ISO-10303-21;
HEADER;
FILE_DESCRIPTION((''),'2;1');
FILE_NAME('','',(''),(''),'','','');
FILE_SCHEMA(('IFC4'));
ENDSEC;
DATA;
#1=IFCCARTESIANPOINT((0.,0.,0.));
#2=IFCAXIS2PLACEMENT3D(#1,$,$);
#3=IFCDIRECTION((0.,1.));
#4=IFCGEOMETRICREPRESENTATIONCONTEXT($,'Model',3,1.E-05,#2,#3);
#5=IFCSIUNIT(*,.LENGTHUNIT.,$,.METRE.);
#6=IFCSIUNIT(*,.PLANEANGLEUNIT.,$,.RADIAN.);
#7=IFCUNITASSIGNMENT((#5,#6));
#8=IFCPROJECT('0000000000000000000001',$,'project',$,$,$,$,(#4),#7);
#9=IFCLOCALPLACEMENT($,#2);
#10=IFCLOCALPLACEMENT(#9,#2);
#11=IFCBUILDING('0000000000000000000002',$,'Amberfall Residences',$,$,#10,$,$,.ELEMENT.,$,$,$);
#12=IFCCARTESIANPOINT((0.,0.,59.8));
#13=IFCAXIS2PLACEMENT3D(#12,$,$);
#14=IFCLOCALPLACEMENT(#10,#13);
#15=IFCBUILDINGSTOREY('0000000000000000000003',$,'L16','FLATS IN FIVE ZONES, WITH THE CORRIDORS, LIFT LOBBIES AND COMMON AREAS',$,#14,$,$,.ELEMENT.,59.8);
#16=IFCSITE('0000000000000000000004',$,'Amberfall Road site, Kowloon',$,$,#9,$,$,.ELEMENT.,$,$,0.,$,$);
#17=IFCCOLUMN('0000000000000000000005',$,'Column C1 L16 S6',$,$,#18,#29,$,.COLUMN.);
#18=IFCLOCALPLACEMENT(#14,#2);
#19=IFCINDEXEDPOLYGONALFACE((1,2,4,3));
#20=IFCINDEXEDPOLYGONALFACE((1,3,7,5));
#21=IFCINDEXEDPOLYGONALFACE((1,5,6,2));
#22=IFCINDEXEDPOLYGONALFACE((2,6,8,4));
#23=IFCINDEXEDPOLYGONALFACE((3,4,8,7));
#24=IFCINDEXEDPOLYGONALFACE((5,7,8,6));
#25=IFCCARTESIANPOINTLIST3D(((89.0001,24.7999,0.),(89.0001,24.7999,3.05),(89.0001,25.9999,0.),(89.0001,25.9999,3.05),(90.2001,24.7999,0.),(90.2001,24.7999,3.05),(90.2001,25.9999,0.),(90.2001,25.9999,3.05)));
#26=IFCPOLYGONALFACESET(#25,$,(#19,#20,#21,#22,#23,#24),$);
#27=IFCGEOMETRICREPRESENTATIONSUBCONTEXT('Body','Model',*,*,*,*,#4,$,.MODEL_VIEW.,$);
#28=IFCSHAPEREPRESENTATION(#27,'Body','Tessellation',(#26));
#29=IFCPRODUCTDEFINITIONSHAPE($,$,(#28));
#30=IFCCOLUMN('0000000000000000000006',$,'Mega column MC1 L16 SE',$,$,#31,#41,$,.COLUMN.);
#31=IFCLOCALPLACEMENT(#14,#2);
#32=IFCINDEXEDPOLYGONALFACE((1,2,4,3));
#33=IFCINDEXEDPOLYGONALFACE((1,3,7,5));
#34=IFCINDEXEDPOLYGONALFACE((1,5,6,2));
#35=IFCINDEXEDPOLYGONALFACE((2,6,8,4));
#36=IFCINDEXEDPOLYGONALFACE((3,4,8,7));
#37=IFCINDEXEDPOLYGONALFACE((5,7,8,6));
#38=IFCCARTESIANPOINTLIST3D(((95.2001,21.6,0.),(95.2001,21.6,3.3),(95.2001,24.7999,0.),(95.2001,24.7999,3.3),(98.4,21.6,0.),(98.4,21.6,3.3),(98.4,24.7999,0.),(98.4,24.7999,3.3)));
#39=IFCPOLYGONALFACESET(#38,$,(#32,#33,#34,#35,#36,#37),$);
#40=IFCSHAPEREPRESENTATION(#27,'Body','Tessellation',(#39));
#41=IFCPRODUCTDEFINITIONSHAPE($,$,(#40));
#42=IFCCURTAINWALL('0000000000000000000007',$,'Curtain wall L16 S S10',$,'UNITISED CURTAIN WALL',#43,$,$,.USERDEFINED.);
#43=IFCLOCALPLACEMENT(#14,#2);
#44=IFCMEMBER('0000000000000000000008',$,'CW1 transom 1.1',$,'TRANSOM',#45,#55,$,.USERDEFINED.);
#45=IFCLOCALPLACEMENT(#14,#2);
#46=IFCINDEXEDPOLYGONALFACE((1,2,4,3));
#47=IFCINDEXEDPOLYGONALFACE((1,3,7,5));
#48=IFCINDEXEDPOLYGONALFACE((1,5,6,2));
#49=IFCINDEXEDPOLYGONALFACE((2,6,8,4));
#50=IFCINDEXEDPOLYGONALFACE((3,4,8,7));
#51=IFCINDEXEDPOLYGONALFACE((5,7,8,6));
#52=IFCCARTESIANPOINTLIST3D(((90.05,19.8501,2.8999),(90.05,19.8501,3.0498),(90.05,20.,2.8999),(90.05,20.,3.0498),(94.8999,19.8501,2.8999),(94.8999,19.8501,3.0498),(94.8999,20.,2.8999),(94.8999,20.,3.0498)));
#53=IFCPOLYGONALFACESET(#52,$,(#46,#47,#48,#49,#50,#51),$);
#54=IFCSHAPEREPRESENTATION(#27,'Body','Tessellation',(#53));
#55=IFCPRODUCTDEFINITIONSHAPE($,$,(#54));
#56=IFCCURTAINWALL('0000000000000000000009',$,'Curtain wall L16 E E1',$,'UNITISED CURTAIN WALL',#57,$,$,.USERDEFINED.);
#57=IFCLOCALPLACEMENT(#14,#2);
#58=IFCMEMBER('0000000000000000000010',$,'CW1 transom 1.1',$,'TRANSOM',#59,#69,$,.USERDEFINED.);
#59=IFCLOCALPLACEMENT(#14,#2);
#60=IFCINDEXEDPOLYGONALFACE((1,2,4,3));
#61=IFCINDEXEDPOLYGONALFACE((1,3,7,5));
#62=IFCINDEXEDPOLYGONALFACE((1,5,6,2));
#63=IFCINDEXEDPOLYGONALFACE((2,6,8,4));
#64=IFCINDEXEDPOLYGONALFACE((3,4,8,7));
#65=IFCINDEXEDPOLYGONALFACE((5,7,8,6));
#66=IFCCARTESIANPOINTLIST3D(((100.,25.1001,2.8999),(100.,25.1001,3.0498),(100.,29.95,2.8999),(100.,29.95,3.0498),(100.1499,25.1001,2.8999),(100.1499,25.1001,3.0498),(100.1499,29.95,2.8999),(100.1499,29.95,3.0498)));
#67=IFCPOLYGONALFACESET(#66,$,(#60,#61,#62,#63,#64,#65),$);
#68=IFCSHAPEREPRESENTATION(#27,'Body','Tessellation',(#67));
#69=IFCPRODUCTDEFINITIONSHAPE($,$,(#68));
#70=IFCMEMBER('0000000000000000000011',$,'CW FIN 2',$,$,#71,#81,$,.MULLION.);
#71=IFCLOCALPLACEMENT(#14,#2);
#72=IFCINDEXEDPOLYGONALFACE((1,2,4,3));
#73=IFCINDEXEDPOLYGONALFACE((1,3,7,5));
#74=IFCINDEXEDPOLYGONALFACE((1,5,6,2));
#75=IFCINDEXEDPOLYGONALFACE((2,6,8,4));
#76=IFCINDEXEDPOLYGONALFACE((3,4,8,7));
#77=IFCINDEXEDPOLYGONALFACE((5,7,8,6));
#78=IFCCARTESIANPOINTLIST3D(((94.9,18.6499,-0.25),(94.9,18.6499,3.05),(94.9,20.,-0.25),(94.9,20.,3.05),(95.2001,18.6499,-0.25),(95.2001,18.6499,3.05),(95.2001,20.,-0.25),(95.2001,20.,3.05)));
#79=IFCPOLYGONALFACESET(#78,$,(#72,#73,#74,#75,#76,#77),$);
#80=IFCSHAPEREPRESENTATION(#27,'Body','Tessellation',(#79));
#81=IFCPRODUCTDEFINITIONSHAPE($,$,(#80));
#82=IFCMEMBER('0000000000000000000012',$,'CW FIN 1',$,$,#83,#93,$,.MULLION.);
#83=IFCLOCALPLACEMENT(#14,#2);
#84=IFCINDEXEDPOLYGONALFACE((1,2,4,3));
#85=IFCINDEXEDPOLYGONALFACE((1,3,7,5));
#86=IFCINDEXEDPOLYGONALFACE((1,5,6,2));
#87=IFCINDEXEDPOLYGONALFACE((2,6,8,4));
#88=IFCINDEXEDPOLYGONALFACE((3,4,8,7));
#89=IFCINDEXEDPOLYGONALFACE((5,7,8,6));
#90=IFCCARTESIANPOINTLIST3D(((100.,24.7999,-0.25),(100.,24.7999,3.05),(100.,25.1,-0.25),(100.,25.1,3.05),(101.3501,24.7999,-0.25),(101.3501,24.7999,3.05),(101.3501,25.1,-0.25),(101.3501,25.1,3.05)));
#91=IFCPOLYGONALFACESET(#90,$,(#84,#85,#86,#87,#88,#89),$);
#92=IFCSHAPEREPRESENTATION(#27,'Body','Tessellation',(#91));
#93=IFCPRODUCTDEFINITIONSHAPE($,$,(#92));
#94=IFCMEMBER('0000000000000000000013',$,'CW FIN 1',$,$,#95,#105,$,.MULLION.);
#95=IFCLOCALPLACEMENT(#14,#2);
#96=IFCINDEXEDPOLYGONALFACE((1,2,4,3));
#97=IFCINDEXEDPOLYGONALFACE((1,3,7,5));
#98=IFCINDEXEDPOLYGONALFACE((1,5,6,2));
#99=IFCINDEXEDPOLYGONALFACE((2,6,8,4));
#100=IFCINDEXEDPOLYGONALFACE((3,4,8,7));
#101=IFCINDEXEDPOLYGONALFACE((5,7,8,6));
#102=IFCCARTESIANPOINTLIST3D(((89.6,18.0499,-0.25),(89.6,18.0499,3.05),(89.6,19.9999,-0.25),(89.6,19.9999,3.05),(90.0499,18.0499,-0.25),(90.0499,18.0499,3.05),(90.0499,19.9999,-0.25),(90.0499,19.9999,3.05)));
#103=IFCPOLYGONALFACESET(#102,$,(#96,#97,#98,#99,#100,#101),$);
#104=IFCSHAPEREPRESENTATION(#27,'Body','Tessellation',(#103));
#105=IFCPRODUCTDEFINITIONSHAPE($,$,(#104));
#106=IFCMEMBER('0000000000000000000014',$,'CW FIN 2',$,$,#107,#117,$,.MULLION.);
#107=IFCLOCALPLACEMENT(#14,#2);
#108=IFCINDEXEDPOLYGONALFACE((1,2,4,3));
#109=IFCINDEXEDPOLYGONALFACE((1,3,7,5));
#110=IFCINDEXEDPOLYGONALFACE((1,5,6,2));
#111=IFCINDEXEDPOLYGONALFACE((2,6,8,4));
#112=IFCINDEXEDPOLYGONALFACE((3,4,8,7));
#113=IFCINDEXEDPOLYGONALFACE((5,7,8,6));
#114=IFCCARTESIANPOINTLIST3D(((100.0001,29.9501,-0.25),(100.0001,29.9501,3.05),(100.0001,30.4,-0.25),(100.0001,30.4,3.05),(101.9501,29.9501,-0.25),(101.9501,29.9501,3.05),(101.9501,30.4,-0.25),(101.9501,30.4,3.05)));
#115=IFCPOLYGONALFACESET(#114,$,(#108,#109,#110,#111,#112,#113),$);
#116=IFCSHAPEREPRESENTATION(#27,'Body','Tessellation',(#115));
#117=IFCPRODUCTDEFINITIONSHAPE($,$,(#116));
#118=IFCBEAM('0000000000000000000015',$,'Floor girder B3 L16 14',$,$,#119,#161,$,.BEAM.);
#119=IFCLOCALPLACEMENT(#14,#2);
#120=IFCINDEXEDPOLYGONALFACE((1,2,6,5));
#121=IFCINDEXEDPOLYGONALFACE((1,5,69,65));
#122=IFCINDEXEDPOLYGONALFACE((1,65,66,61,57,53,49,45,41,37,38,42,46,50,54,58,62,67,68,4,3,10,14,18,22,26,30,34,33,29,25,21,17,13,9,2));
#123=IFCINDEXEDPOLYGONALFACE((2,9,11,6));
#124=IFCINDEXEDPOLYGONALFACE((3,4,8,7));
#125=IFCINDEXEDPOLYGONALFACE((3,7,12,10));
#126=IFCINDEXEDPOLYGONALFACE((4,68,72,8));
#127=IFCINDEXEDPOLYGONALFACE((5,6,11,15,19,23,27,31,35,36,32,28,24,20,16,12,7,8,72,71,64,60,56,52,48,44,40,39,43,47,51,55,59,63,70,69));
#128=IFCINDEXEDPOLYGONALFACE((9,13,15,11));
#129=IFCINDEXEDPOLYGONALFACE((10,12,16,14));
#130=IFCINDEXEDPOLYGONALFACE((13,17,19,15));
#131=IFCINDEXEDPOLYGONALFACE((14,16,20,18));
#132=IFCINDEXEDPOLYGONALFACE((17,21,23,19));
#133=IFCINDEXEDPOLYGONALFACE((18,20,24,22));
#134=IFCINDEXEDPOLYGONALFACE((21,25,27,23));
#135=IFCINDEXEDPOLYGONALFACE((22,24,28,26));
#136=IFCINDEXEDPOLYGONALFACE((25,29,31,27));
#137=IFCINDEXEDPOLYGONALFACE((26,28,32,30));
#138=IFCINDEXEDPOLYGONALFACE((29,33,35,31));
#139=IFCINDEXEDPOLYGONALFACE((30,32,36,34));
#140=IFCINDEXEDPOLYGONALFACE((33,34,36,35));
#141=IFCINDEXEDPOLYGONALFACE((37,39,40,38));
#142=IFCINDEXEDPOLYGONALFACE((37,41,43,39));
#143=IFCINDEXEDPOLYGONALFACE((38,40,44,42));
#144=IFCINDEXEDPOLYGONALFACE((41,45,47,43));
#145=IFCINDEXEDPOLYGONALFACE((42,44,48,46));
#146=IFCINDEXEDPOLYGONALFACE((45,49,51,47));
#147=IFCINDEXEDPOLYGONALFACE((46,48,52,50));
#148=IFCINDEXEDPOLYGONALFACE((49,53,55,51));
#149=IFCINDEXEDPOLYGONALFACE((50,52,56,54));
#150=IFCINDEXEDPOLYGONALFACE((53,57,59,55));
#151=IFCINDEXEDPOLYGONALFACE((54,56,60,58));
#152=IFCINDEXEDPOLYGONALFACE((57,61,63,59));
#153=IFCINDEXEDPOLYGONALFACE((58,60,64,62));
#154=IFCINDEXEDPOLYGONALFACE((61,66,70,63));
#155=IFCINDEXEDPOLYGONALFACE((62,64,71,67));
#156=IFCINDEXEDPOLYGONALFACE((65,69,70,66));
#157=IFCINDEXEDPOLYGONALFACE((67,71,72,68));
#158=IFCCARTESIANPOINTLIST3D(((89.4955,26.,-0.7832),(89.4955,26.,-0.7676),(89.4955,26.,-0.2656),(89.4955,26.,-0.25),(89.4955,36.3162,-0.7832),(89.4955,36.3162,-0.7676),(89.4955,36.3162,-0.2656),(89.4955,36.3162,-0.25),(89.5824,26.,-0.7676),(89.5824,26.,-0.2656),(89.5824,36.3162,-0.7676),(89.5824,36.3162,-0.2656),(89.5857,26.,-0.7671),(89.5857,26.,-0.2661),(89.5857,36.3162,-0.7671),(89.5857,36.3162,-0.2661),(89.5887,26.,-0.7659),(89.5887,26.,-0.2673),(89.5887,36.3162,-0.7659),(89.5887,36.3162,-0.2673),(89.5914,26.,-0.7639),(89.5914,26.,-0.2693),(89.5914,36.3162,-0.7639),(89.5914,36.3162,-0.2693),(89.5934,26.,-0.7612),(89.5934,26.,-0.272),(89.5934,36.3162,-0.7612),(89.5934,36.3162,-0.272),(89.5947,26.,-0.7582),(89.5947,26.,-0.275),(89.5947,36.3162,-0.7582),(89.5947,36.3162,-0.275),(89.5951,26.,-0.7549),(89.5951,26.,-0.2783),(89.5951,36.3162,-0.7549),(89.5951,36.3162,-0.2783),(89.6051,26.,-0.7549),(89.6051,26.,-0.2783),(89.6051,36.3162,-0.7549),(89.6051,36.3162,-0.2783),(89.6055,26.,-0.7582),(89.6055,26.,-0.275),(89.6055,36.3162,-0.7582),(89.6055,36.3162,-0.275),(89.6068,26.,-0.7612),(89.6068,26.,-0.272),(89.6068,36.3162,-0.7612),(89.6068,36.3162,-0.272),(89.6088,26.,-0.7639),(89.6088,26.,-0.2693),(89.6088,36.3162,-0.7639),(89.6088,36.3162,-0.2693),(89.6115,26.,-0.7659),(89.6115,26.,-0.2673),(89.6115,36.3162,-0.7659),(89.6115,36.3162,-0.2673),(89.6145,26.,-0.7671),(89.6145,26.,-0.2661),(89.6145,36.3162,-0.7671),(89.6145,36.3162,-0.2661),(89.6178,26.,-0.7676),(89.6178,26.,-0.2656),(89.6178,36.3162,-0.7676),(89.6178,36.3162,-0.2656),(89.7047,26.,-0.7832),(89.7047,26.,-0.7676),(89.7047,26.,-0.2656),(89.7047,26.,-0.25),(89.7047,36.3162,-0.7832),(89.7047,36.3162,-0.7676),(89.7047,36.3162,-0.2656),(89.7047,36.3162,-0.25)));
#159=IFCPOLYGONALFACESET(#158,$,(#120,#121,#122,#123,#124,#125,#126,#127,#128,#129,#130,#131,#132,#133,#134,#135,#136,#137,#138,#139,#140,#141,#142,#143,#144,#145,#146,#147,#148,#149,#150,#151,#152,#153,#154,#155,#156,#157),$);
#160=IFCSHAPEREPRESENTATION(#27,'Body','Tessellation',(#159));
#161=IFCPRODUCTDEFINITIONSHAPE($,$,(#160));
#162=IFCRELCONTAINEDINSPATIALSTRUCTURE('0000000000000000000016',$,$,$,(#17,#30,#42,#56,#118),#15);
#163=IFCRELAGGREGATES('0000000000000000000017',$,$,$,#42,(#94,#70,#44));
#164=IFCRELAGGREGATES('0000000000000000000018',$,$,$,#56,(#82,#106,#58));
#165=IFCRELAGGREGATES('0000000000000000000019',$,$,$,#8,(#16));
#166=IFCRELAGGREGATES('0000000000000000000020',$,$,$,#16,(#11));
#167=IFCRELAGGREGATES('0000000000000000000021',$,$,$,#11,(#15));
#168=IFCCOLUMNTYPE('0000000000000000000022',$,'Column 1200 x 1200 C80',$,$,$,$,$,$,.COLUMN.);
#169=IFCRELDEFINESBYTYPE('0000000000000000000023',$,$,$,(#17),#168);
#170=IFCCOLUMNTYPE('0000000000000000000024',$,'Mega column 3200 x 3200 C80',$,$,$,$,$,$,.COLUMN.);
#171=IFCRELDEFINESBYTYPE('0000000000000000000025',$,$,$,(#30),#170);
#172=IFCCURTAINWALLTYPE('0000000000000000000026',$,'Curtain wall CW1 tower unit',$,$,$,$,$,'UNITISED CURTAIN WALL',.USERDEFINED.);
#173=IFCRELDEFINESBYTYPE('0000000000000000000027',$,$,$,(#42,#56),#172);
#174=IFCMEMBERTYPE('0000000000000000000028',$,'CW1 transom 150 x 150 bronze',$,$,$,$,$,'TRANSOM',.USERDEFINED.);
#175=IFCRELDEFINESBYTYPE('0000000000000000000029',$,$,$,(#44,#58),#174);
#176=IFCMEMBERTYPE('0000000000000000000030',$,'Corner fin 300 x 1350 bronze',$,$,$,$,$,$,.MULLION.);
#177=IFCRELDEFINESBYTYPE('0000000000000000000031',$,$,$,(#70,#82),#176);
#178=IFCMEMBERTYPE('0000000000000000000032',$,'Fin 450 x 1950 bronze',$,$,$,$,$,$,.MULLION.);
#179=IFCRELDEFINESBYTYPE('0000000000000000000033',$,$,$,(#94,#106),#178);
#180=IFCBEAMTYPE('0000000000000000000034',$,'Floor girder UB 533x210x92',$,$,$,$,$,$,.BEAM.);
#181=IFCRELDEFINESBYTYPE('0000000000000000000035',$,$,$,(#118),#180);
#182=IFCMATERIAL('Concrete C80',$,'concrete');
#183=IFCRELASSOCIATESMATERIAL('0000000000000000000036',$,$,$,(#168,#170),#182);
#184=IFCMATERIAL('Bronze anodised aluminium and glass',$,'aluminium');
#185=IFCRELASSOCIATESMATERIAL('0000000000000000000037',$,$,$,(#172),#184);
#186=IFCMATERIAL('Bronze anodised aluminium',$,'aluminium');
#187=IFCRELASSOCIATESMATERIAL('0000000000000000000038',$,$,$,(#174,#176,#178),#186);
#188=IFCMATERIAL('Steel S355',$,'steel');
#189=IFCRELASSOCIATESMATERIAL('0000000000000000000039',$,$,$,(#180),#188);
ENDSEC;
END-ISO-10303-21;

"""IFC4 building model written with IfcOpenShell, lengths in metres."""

from ifc_helpers import new_model, si_unit, direction, frame, origin, origin_2d, place, context, subcontext, project, spatial, rectangle, i_section, extrude, material, material_profile, profile_set, type_object, element, aggregate, save


model = new_model("IFC4")

# Units and contexts
model_context = context("Model", 3, precision=1e-05, world=origin(), true_north=direction((0.0, 1.0)))
body_context = subcontext(model_context, "Body", "Model", "MODEL_VIEW")
ifc_project = project(units=[si_unit("LENGTHUNIT", "METRE"), si_unit("PLANEANGLEUNIT", "RADIAN")], contexts=[model_context])

# Site, building, storey
site_placement = place(None, origin())
site = spatial("IfcSite", under=ifc_project, at=site_placement, Name="Amberfall Road site, Kowloon", CompositionType="ELEMENT", RefElevation=0.0)
building_placement = place(site_placement, origin())
building = spatial("IfcBuilding", under=site, at=building_placement, Name="Amberfall Residences", CompositionType="ELEMENT")
storey_placement = place(building_placement, frame((0.0, 0.0, 59.8)))
storey = spatial("IfcBuildingStorey", under=building, at=storey_placement, Name="L16", Description="FLATS IN FIVE ZONES, WITH THE CORRIDORS, LIFT LOBBIES AND COMMON AREAS", CompositionType="ELEMENT", Elevation=59.8)

# Columns
ifc_material_1 = material(Name="Concrete C80", Category="concrete")
ifc_material_profile_1 = material_profile(ifc_material_1, rectangle(XDim=1.2, YDim=1.2, at=origin_2d()), Name="Column 1200 x 1200 C80")
ifc_profile_set_1 = profile_set([ifc_material_profile_1], Name="Concrete C80")
column_type_1 = type_object("IfcColumnType", Name="Column 1200 x 1200 C80", PredefinedType="COLUMN", material=ifc_profile_set_1)
column_1_placement = place(storey_placement, frame((89.6001, 25.3999, 0.0), z_axis=(0.0, 0.0, 1.0), x_axis=(1.0, 0.0, 0.0)))
element("IfcColumn", 1, at=column_1_placement, inside=storey, type_object=column_type_1, Name="Column C1 L16 S6", PredefinedType="COLUMN", context=body_context, shape_type="SweptSolid", body=[
    extrude(rectangle(XDim=1.2, YDim=1.2, at=origin_2d()), origin(), (0.0, 0.0, 1.0), 3.05),
])
ifc_material_profile_2 = material_profile(ifc_material_1, rectangle(XDim=3.2, YDim=3.2, at=origin_2d()), Name="Mega column 3200 x 3200 C80")
ifc_profile_set_2 = profile_set([ifc_material_profile_2], Name="Concrete C80")
column_type_2 = type_object("IfcColumnType", Name="Mega column 3200 x 3200 C80", PredefinedType="COLUMN", material=ifc_profile_set_2)
column_2_placement = place(storey_placement, frame((96.8, 23.2, 0.0), z_axis=(0.0, 0.0, 1.0), x_axis=(1.0, 0.0, 0.0)))
element("IfcColumn", 2, at=column_2_placement, inside=storey, type_object=column_type_2, Name="Mega column MC1 L16 SE", PredefinedType="COLUMN", context=body_context, shape_type="SweptSolid", body=[
    extrude(rectangle(XDim=3.2, YDim=3.2, at=origin_2d()), origin(), (0.0, 0.0, 1.0), 3.3),
])

# Curtain walls, members
ifc_material_2 = material(Name="Bronze anodised aluminium and glass", Category="aluminium")
curtain_wall_type = type_object("IfcCurtainWallType", Name="Curtain wall CW1 tower unit", ElementType="UNITISED CURTAIN WALL", PredefinedType="USERDEFINED", material=ifc_material_2)
curtain_wall_1_placement = place(storey_placement, origin())
curtain_wall_1 = element("IfcCurtainWall", 3, at=curtain_wall_1_placement, inside=storey, type_object=curtain_wall_type, Name="Curtain wall L16 S S10", ObjectType="UNITISED CURTAIN WALL", PredefinedType="USERDEFINED")
ifc_material_3 = material(Name="Bronze anodised aluminium", Category="aluminium")
ifc_material_profile_3 = material_profile(ifc_material_3, rectangle(XDim=0.1499, YDim=0.1499, at=origin_2d()), Name="CW1 transom 150 x 150 bronze")
ifc_profile_set_3 = profile_set([ifc_material_profile_3], Name="Bronze anodised aluminium")
member_type_1 = type_object("IfcMemberType", Name="CW1 transom 150 x 150 bronze", ElementType="TRANSOM", PredefinedType="USERDEFINED", material=ifc_profile_set_3)
member_1_placement = place(storey_placement, frame((90.05, 19.925, 2.9749), z_axis=(1.0, 0.0, 0.0), x_axis=(0.0, 1.0, 0.0)))
member_1 = element("IfcMember", 4, at=member_1_placement, type_object=member_type_1, Name="CW1 transom 1.1", ObjectType="TRANSOM", PredefinedType="USERDEFINED", context=body_context, shape_type="SweptSolid", body=[
    extrude(rectangle(XDim=0.1499, YDim=0.1499, at=origin_2d()), origin(), (0.0, 0.0, 1.0), 4.8499),
])
curtain_wall_2_placement = place(storey_placement, origin())
curtain_wall_2 = element("IfcCurtainWall", 5, at=curtain_wall_2_placement, inside=storey, type_object=curtain_wall_type, Name="Curtain wall L16 E E1", ObjectType="UNITISED CURTAIN WALL", PredefinedType="USERDEFINED")
member_2_placement = place(storey_placement, frame((100.075, 25.1001, 2.9749), z_axis=(0.0, 1.0, 0.0), x_axis=(-1.0, 0.0, 0.0)))
member_2 = element("IfcMember", 6, at=member_2_placement, type_object=member_type_1, Name="CW1 transom 1.1", ObjectType="TRANSOM", PredefinedType="USERDEFINED", context=body_context, shape_type="SweptSolid", body=[
    extrude(rectangle(XDim=0.1499, YDim=0.1499, at=origin_2d()), origin(), (0.0, 0.0, 1.0), 4.8499),
])

# Members
ifc_material_profile_4 = material_profile(ifc_material_3, rectangle(XDim=1.3501, YDim=0.3, at=origin_2d()), Name="Corner fin 300 x 1350 bronze")
ifc_profile_set_4 = profile_set([ifc_material_profile_4], Name="Bronze anodised aluminium")
member_type_2 = type_object("IfcMemberType", Name="Corner fin 300 x 1350 bronze", PredefinedType="MULLION", material=ifc_profile_set_4)
member_3_placement = place(storey_placement, frame((95.05, 19.325, -0.25), z_axis=(0.0, 0.0, 1.0), x_axis=(0.0, 1.0, 0.0)))
member_3 = element("IfcMember", 7, at=member_3_placement, type_object=member_type_2, Name="CW FIN 2", PredefinedType="MULLION", context=body_context, shape_type="SweptSolid", body=[
    extrude(rectangle(XDim=1.3501, YDim=0.3, at=origin_2d()), origin(), (0.0, 0.0, 1.0), 3.3),
])
member_4_placement = place(storey_placement, frame((100.675, 24.95, -0.25), z_axis=(0.0, 0.0, 1.0), x_axis=(-1.0, 0.0, 0.0)))
member_4 = element("IfcMember", 8, at=member_4_placement, type_object=member_type_2, Name="CW FIN 1", PredefinedType="MULLION", context=body_context, shape_type="SweptSolid", body=[
    extrude(rectangle(XDim=1.3501, YDim=0.3, at=origin_2d()), origin(), (0.0, 0.0, 1.0), 3.3),
])
ifc_material_profile_5 = material_profile(ifc_material_3, rectangle(XDim=1.95, YDim=0.45, at=origin_2d()), Name="Fin 450 x 1950 bronze")
ifc_profile_set_5 = profile_set([ifc_material_profile_5], Name="Bronze anodised aluminium")
member_type_3 = type_object("IfcMemberType", Name="Fin 450 x 1950 bronze", PredefinedType="MULLION", material=ifc_profile_set_5)
member_5_placement = place(storey_placement, frame((89.825, 19.0249, -0.25), z_axis=(0.0, 0.0, 1.0), x_axis=(0.0, 1.0, 0.0)))
member_5 = element("IfcMember", 9, at=member_5_placement, type_object=member_type_3, Name="CW FIN 1", PredefinedType="MULLION", context=body_context, shape_type="SweptSolid", body=[
    extrude(rectangle(XDim=1.95, YDim=0.45, at=origin_2d()), origin(), (0.0, 0.0, 1.0), 3.3),
])
member_6_placement = place(storey_placement, frame((100.9751, 30.175, -0.25), z_axis=(0.0, 0.0, 1.0), x_axis=(-1.0, 0.0, 0.0)))
member_6 = element("IfcMember", 10, at=member_6_placement, type_object=member_type_3, Name="CW FIN 2", PredefinedType="MULLION", context=body_context, shape_type="SweptSolid", body=[
    extrude(rectangle(XDim=1.95, YDim=0.45, at=origin_2d()), origin(), (0.0, 0.0, 1.0), 3.3),
])

# Beam
ifc_material_4 = material(Name="Steel S355", Category="steel")
ifc_material_profile_6 = material_profile(ifc_material_4, i_section(OverallWidth=0.2092, OverallDepth=0.5332, WebThickness=0.01, FlangeThickness=0.0156, FilletRadius=0.0127, at=origin_2d()), Name="UB 533x210x92")
ifc_profile_set_6 = profile_set([ifc_material_profile_6], Name="Steel S355")
beam_type_1 = type_object("IfcBeamType", Name="Floor girder UB 533x210x92", PredefinedType="BEAM", material=ifc_profile_set_6)
beam_1_placement = place(storey_placement, frame((89.6001, 26.0, -0.5166), z_axis=(0.0, 1.0, 0.0), x_axis=(-1.0, 0.0, 0.0)))
element("IfcBeam", 11, at=beam_1_placement, inside=storey, type_object=beam_type_1, Name="Floor girder B3 L16 14", PredefinedType="BEAM", context=body_context, shape_type="SweptSolid", body=[
    extrude(i_section(OverallWidth=0.2092, OverallDepth=0.5332, WebThickness=0.01, FlangeThickness=0.0156, FilletRadius=0.0127, at=origin_2d()), origin(), (0.0, 0.0, 1.0), 10.3162),
])

aggregate(curtain_wall_1, [member_5, member_3, member_1])
aggregate(curtain_wall_2, [member_4, member_6, member_2])

save(model, "model.ifc")
